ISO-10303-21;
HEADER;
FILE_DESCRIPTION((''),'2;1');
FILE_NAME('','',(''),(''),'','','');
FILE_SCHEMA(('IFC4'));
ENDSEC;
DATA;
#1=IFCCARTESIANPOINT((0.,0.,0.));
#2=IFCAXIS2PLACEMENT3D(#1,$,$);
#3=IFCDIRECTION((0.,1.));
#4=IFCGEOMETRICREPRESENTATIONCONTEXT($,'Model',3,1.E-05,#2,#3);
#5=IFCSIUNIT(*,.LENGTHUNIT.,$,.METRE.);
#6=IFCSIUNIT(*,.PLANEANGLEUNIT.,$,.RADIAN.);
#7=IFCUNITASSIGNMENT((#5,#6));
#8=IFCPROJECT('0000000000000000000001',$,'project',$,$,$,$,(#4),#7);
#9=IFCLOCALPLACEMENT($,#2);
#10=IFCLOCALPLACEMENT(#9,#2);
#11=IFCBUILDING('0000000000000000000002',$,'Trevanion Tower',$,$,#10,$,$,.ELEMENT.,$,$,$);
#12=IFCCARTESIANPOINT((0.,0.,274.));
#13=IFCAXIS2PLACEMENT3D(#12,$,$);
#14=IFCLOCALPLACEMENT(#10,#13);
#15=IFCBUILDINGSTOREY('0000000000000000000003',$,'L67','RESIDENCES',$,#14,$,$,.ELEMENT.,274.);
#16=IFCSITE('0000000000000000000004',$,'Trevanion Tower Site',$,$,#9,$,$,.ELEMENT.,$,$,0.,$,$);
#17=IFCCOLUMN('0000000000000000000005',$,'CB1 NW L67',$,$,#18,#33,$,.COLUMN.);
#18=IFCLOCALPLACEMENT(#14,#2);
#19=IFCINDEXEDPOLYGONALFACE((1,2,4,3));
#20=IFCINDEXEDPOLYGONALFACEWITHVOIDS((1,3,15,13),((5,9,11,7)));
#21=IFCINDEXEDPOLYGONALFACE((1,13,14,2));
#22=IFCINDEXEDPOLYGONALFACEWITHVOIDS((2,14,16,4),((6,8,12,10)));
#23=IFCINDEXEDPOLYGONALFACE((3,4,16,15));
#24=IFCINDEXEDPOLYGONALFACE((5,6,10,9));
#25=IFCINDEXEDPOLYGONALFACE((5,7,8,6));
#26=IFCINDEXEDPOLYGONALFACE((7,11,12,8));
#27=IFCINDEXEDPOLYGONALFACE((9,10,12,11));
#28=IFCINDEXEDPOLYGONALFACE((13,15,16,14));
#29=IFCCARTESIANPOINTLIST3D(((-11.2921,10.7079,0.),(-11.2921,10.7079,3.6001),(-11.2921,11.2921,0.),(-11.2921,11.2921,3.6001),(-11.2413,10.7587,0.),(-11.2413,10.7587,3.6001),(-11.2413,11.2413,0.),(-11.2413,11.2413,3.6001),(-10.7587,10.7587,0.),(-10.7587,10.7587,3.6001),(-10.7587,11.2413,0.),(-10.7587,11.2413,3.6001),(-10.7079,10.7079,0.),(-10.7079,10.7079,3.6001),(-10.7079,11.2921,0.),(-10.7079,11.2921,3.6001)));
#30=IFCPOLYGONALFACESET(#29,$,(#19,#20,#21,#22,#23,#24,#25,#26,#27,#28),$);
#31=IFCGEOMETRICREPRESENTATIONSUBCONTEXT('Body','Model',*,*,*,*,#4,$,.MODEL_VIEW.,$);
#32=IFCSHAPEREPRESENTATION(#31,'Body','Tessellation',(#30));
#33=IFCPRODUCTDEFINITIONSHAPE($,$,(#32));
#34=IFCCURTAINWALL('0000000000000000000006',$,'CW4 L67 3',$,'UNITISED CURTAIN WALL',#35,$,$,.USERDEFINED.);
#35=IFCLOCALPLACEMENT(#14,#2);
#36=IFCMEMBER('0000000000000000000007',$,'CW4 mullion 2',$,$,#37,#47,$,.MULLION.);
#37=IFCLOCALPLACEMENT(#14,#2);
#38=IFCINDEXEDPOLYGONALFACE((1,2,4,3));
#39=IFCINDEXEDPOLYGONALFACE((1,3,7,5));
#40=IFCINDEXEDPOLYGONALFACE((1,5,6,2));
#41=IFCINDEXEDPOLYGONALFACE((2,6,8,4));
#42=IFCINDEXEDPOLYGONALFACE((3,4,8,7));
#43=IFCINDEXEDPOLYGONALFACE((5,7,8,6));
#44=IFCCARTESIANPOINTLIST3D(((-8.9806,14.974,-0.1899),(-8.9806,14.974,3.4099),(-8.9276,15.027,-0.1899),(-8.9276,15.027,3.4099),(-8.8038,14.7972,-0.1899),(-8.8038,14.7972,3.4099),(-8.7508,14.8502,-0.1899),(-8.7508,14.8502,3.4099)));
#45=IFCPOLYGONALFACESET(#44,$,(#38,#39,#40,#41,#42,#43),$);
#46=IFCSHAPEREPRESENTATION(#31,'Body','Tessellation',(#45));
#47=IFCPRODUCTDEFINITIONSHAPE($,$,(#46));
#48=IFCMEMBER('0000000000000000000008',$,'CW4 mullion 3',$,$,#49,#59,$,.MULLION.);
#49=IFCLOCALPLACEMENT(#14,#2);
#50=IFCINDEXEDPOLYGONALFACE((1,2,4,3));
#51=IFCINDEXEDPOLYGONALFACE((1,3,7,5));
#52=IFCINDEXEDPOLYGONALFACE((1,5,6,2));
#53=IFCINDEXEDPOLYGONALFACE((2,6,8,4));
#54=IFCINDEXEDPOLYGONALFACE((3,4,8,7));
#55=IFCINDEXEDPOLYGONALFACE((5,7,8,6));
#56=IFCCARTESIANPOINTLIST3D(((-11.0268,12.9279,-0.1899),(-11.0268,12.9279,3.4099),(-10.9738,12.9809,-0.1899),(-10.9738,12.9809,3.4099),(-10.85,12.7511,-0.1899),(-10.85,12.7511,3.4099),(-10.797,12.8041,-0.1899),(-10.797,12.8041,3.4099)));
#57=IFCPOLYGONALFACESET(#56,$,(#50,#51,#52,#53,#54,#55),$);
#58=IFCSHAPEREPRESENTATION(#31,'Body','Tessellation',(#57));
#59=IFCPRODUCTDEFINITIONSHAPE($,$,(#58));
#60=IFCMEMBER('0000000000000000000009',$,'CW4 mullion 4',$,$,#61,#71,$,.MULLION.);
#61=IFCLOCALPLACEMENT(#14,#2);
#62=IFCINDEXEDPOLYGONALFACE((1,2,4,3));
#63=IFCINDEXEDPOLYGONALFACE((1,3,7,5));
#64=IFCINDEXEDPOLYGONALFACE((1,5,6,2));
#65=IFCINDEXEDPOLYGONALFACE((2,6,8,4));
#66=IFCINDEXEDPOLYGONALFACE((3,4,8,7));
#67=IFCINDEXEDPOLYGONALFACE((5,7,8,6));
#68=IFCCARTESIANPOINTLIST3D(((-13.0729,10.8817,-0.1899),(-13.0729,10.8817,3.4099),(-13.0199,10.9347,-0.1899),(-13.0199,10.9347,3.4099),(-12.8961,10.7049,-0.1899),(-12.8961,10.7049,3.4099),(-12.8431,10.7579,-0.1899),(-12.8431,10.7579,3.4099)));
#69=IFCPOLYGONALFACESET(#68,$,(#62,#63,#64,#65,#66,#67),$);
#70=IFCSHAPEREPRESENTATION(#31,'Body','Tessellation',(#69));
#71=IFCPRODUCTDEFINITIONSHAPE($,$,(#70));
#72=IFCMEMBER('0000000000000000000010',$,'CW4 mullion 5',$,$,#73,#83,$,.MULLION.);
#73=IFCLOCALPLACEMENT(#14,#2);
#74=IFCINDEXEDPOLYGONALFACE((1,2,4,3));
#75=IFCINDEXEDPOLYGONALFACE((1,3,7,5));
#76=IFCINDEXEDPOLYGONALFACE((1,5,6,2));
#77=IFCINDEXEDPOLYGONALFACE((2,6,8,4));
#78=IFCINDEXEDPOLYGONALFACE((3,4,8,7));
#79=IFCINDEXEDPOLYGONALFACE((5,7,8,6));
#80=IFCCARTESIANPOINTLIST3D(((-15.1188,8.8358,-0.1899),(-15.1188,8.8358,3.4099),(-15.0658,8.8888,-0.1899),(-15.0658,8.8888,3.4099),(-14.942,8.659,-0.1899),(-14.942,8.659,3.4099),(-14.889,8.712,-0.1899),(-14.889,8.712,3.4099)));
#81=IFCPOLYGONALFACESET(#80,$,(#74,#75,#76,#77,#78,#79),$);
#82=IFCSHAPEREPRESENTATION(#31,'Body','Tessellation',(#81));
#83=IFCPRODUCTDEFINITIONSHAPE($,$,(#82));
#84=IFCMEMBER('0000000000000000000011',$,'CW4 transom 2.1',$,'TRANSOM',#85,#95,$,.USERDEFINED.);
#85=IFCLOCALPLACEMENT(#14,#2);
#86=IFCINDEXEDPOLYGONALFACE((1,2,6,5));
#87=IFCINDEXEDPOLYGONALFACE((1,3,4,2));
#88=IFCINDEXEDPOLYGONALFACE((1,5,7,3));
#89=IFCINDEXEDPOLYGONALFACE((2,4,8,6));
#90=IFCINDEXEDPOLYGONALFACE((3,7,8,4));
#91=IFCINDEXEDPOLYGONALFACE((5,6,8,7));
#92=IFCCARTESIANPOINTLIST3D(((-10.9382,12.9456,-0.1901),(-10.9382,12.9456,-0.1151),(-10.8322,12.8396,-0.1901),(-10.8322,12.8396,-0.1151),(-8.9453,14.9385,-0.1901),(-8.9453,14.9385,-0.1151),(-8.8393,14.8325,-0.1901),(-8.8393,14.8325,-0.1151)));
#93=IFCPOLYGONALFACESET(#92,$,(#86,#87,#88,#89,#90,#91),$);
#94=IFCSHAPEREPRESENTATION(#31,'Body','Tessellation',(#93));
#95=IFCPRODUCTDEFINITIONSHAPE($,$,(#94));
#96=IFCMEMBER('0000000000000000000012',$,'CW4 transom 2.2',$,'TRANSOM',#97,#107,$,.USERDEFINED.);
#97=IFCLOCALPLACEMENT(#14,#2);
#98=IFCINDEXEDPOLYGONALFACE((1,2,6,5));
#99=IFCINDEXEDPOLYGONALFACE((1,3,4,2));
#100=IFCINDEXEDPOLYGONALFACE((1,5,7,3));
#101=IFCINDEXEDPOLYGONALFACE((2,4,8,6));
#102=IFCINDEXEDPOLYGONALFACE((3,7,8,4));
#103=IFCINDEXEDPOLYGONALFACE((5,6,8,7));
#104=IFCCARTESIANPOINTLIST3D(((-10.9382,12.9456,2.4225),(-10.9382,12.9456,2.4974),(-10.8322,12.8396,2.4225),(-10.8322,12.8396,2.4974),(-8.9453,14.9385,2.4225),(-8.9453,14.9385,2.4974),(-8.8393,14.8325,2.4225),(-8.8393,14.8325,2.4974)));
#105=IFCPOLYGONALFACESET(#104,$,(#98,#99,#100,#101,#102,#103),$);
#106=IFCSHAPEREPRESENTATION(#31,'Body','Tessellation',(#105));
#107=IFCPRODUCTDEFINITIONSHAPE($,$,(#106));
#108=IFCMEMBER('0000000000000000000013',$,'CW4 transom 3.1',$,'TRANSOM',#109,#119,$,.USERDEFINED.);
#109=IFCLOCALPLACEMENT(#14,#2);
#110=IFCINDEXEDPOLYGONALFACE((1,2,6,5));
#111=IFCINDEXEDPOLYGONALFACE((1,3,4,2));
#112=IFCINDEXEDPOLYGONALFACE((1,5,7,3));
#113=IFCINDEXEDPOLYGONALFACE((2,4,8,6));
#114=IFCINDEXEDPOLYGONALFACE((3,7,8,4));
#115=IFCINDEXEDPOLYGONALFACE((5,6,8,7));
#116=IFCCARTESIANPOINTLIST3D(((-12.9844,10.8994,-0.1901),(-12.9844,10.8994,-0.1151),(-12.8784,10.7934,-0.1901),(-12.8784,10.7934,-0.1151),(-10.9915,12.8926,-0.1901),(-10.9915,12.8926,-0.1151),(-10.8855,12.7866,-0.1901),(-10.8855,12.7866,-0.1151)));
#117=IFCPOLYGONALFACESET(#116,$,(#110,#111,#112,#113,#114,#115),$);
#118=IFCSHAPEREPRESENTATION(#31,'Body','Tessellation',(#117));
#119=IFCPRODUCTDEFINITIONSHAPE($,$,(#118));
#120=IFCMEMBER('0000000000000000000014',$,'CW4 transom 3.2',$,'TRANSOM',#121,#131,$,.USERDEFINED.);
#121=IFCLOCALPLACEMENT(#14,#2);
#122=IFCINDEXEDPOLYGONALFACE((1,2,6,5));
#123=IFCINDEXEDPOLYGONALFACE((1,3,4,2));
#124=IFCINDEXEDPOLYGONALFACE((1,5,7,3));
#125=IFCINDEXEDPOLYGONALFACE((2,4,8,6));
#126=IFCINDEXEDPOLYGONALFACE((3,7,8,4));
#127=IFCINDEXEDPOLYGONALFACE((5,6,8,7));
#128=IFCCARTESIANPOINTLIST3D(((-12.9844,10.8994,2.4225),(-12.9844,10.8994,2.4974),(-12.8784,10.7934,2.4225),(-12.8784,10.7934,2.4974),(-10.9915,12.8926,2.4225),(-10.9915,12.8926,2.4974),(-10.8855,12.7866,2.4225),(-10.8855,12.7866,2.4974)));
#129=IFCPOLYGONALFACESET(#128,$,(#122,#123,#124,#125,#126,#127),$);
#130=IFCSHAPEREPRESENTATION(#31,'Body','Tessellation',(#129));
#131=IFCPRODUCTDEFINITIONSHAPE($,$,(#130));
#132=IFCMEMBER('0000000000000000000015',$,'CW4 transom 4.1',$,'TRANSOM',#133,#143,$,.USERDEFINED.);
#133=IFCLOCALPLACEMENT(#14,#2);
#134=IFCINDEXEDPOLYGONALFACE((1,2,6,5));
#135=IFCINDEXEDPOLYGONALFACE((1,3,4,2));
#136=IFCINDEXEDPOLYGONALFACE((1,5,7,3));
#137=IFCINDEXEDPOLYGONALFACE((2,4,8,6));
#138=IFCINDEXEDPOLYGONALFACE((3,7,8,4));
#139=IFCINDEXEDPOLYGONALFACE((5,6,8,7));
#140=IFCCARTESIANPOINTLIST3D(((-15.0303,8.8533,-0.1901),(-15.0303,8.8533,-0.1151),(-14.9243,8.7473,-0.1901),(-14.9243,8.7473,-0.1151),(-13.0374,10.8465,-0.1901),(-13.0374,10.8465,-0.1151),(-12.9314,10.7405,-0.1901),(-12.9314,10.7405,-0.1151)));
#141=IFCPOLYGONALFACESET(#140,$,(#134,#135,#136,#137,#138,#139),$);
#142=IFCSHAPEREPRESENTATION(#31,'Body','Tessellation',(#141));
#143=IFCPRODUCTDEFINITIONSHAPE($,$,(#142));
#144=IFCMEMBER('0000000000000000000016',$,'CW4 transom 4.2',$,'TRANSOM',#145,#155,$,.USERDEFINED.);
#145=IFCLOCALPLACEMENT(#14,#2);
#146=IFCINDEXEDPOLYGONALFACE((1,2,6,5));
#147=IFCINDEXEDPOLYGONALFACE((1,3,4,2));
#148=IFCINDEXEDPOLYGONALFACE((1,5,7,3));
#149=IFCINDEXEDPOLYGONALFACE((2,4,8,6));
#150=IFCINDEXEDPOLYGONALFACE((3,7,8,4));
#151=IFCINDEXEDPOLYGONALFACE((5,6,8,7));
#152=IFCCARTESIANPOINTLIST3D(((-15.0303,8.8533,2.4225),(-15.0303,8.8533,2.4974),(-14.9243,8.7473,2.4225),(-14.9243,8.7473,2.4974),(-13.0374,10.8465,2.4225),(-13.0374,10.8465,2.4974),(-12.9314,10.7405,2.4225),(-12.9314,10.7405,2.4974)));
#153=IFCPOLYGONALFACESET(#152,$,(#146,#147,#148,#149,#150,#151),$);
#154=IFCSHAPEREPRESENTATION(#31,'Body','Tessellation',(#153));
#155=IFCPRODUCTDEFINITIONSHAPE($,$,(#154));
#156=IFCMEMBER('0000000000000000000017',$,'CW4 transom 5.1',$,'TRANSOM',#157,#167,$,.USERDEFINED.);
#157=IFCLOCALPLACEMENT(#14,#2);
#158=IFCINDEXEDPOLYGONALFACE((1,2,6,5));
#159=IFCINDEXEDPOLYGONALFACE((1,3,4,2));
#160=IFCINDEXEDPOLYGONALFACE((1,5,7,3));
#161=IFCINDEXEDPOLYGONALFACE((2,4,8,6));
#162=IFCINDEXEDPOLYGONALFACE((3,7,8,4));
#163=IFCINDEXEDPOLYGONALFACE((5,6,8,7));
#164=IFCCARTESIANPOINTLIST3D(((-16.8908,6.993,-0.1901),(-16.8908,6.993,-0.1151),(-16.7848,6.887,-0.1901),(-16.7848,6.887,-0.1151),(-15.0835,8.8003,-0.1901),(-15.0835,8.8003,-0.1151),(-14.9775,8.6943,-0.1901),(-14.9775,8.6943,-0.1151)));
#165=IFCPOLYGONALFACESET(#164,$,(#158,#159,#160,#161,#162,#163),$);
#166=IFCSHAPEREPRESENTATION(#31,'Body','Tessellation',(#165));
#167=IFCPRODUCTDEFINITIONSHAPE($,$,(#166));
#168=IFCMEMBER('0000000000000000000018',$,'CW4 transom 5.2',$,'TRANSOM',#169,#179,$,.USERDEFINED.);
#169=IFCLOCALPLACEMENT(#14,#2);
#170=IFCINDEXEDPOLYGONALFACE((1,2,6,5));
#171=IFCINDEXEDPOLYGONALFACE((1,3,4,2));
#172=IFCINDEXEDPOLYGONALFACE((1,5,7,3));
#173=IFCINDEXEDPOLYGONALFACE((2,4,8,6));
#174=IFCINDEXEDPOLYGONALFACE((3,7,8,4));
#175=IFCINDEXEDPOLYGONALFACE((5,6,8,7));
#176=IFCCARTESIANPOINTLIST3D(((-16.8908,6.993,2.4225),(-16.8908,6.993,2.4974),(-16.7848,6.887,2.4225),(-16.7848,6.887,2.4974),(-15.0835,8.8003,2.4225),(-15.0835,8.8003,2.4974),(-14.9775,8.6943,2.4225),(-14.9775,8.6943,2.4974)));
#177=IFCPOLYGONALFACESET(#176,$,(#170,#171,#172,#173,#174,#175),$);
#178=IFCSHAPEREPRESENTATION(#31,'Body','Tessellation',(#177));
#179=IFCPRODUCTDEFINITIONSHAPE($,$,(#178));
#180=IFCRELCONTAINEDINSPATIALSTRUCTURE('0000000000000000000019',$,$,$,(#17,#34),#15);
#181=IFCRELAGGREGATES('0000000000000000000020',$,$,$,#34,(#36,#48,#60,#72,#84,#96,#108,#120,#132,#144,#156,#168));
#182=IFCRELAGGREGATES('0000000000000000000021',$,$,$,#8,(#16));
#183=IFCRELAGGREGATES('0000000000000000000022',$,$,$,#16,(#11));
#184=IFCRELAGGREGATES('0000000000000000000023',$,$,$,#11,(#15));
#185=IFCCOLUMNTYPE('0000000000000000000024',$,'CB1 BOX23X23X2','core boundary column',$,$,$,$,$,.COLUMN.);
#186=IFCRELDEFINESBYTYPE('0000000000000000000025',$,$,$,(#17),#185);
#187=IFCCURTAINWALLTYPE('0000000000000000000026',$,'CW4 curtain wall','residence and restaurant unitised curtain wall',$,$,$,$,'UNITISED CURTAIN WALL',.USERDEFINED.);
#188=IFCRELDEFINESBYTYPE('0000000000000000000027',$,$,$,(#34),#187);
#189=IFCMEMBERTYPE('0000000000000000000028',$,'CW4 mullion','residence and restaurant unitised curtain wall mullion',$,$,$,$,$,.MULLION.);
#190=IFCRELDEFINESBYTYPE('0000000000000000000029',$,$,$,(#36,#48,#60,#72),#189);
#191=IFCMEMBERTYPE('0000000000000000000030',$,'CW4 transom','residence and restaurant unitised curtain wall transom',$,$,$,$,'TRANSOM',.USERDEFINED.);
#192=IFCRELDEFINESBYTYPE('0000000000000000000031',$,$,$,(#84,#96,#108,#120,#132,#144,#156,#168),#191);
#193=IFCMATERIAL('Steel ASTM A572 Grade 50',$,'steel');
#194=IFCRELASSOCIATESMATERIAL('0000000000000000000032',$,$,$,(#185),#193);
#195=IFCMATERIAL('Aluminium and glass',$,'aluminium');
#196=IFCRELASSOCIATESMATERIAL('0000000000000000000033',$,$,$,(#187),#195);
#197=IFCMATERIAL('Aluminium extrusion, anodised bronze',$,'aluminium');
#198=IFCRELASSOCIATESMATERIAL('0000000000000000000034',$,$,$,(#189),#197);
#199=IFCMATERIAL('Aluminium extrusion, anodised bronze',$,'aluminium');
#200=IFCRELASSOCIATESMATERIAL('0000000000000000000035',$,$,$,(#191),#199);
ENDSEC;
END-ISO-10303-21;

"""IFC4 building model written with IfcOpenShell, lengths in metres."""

from ifc_helpers import new_model, si_unit, direction, frame, origin, origin_2d, place, context, subcontext, project, spatial, rectangle, hollow_rectangle, extrude, material, material_profile, profile_set, type_object, element, aggregate, save


model = new_model("IFC4")

# Units and contexts
model_context = context("Model", 3, precision=1e-05, world=origin(), true_north=direction((0.0, 1.0)))
body_context = subcontext(model_context, "Body", "Model", "MODEL_VIEW")
ifc_project = project(units=[si_unit("LENGTHUNIT", "METRE"), si_unit("PLANEANGLEUNIT", "RADIAN")], contexts=[model_context])

# Site, building, storey
site_placement = place(None, origin())
site = spatial("IfcSite", under=ifc_project, at=site_placement, Name="Trevanion Tower Site", CompositionType="ELEMENT", RefElevation=0.0)
building_placement = place(site_placement, origin())
building = spatial("IfcBuilding", under=site, at=building_placement, Name="Trevanion Tower", CompositionType="ELEMENT")
storey_placement = place(building_placement, frame((0.0, 0.0, 274.0)))
storey = spatial("IfcBuildingStorey", under=building, at=storey_placement, Name="L67", Description="RESIDENCES", CompositionType="ELEMENT", Elevation=274.0)

# Column
ifc_material_1 = material(Name="Steel ASTM A572 Grade 50", Category="steel")
ifc_material_profile_1 = material_profile(ifc_material_1, hollow_rectangle(XDim=0.5842, YDim=0.5842, WallThickness=0.0508, at=origin_2d()), Name="BOX23X23X2")
ifc_profile_set_1 = profile_set([ifc_material_profile_1], Name="Steel ASTM A572 Grade 50")
column_type = type_object("IfcColumnType", Name="CB1 BOX23X23X2", Description="core boundary column", PredefinedType="COLUMN", material=ifc_profile_set_1)
column_placement = place(storey_placement, frame((-11.0, 11.0, 0.0), z_axis=(0.0, 0.0, 1.0), x_axis=(1.0, 0.0, 0.0)))
element("IfcColumn", 1, at=column_placement, inside=storey, type_object=column_type, Name="CB1 NW L67", PredefinedType="COLUMN", context=body_context, shape_type="SweptSolid", body=[
    extrude(hollow_rectangle(XDim=0.5842, YDim=0.5842, WallThickness=0.0508, at=origin_2d()), origin(), (0.0, 0.0, 1.0), 3.6001),
])

# Curtain wall, members
ifc_material_2 = material(Name="Aluminium and glass", Category="aluminium")
curtain_wall_type = type_object("IfcCurtainWallType", Name="CW4 curtain wall", Description="residence and restaurant unitised curtain wall", ElementType="UNITISED CURTAIN WALL", PredefinedType="USERDEFINED", material=ifc_material_2)
curtain_wall_placement = place(storey_placement, origin())
curtain_wall = element("IfcCurtainWall", 2, at=curtain_wall_placement, inside=storey, type_object=curtain_wall_type, Name="CW4 L67 3", ObjectType="UNITISED CURTAIN WALL", PredefinedType="USERDEFINED")
ifc_material_3 = material(Name="Aluminium extrusion, anodised bronze", Category="aluminium")
ifc_material_profile_2 = material_profile(ifc_material_3, rectangle(XDim=0.075, YDim=0.25, at=origin_2d()), Name="CW4 mullion")
ifc_profile_set_2 = profile_set([ifc_material_profile_2], Name="Aluminium extrusion, anodised bronze")
member_type_1 = type_object("IfcMemberType", Name="CW4 mullion", Description="residence and restaurant unitised curtain wall mullion", PredefinedType="MULLION", material=ifc_profile_set_2)
member_1_placement = place(storey_placement, frame((-8.8657, 14.9121, -0.1899), z_axis=(0.0, 0.0, 1.0), x_axis=(-0.707107, -0.707107, 0.0)))
member_1 = element("IfcMember", 3, at=member_1_placement, type_object=member_type_1, Name="CW4 mullion 2", PredefinedType="MULLION", context=body_context, shape_type="SweptSolid", body=[
    extrude(rectangle(XDim=0.075, YDim=0.25, at=origin_2d()), origin(), (0.0, 0.0, 1.0), 3.5999),
])
member_2_placement = place(storey_placement, frame((-10.9119, 12.866, -0.1899), z_axis=(0.0, 0.0, 1.0), x_axis=(-0.707107, -0.707107, 0.0)))
member_2 = element("IfcMember", 4, at=member_2_placement, type_object=member_type_1, Name="CW4 mullion 3", PredefinedType="MULLION", context=body_context, shape_type="SweptSolid", body=[
    extrude(rectangle(XDim=0.075, YDim=0.25, at=origin_2d()), origin(), (0.0, 0.0, 1.0), 3.5999),
])
member_3_placement = place(storey_placement, frame((-12.958, 10.8198, -0.1899), z_axis=(0.0, 0.0, 1.0), x_axis=(-0.707107, -0.707107, 0.0)))
member_3 = element("IfcMember", 5, at=member_3_placement, type_object=member_type_1, Name="CW4 mullion 4", PredefinedType="MULLION", context=body_context, shape_type="SweptSolid", body=[
    extrude(rectangle(XDim=0.075, YDim=0.25, at=origin_2d()), origin(), (0.0, 0.0, 1.0), 3.5999),
])
member_4_placement = place(storey_placement, frame((-15.0039, 8.7739, -0.1899), z_axis=(0.0, 0.0, 1.0), x_axis=(-0.707107, -0.707107, 0.0)))
member_4 = element("IfcMember", 6, at=member_4_placement, type_object=member_type_1, Name="CW4 mullion 5", PredefinedType="MULLION", context=body_context, shape_type="SweptSolid", body=[
    extrude(rectangle(XDim=0.075, YDim=0.25, at=origin_2d()), origin(), (0.0, 0.0, 1.0), 3.5999),
])
ifc_material_4 = material(Name="Aluminium extrusion, anodised bronze", Category="aluminium")
ifc_material_profile_3 = material_profile(ifc_material_4, rectangle(XDim=0.1499, YDim=0.075, at=origin_2d()), Name="CW4 transom")
ifc_profile_set_3 = profile_set([ifc_material_profile_3], Name="Aluminium extrusion, anodised bronze")
member_type_2 = type_object("IfcMemberType", Name="CW4 transom", Description="residence and restaurant unitised curtain wall transom", ElementType="TRANSOM", PredefinedType="USERDEFINED", material=ifc_profile_set_3)
member_5_placement = place(storey_placement, frame((-8.8923, 14.8855, -0.1526), z_axis=(-0.707107, -0.707107, 0.0), x_axis=(0.707107, -0.707107, 0.0)))
member_5 = element("IfcMember", 7, at=member_5_placement, type_object=member_type_2, Name="CW4 transom 2.1", ObjectType="TRANSOM", PredefinedType="USERDEFINED", context=body_context, shape_type="SweptSolid", body=[
    extrude(rectangle(XDim=0.1499, YDim=0.075, at=origin_2d()), origin(), (0.0, 0.0, 1.0), 2.8184),
])
member_6_placement = place(storey_placement, frame((-8.8923, 14.8855, 2.46), z_axis=(-0.707107, -0.707107, 0.0), x_axis=(0.707107, -0.707107, 0.0)))
member_6 = element("IfcMember", 8, at=member_6_placement, type_object=member_type_2, Name="CW4 transom 2.2", ObjectType="TRANSOM", PredefinedType="USERDEFINED", context=body_context, shape_type="SweptSolid", body=[
    extrude(rectangle(XDim=0.1499, YDim=0.075, at=origin_2d()), origin(), (0.0, 0.0, 1.0), 2.8184),
])
member_7_placement = place(storey_placement, frame((-10.9385, 12.8396, -0.1526), z_axis=(-0.707063, -0.70715, 0.0), x_axis=(0.70715, -0.707063, 0.0)))
member_7 = element("IfcMember", 9, at=member_7_placement, type_object=member_type_2, Name="CW4 transom 3.1", ObjectType="TRANSOM", PredefinedType="USERDEFINED", context=body_context, shape_type="SweptSolid", body=[
    extrude(rectangle(XDim=0.1499, YDim=0.075, at=origin_2d()), origin(), (0.0, 0.0, 1.0), 2.8186),
])
member_8_placement = place(storey_placement, frame((-10.9385, 12.8396, 2.46), z_axis=(-0.707063, -0.70715, 0.0), x_axis=(0.70715, -0.707063, 0.0)))
member_8 = element("IfcMember", 10, at=member_8_placement, type_object=member_type_2, Name="CW4 transom 3.2", ObjectType="TRANSOM", PredefinedType="USERDEFINED", context=body_context, shape_type="SweptSolid", body=[
    extrude(rectangle(XDim=0.1499, YDim=0.075, at=origin_2d()), origin(), (0.0, 0.0, 1.0), 2.8186),
])
member_9_placement = place(storey_placement, frame((-12.9844, 10.7935, -0.1526), z_axis=(-0.707063, -0.70715, 0.0), x_axis=(0.70715, -0.707063, 0.0)))
member_9 = element("IfcMember", 11, at=member_9_placement, type_object=member_type_2, Name="CW4 transom 4.1", ObjectType="TRANSOM", PredefinedType="USERDEFINED", context=body_context, shape_type="SweptSolid", body=[
    extrude(rectangle(XDim=0.1499, YDim=0.075, at=origin_2d()), origin(), (0.0, 0.0, 1.0), 2.8186),
])
member_10_placement = place(storey_placement, frame((-12.9844, 10.7935, 2.46), z_axis=(-0.707063, -0.70715, 0.0), x_axis=(0.70715, -0.707063, 0.0)))
member_10 = element("IfcMember", 12, at=member_10_placement, type_object=member_type_2, Name="CW4 transom 4.2", ObjectType="TRANSOM", PredefinedType="USERDEFINED", context=body_context, shape_type="SweptSolid", body=[
    extrude(rectangle(XDim=0.1499, YDim=0.075, at=origin_2d()), origin(), (0.0, 0.0, 1.0), 2.8186),
])
member_11_placement = place(storey_placement, frame((-15.0305, 8.7473, -0.1526), z_axis=(-0.707107, -0.707107, 0.0), x_axis=(0.707107, -0.707107, 0.0)))
member_11 = element("IfcMember", 13, at=member_11_placement, type_object=member_type_2, Name="CW4 transom 5.1", ObjectType="TRANSOM", PredefinedType="USERDEFINED", context=body_context, shape_type="SweptSolid", body=[
    extrude(rectangle(XDim=0.1499, YDim=0.075, at=origin_2d()), origin(), (0.0, 0.0, 1.0), 2.5559),
])
member_12_placement = place(storey_placement, frame((-15.0305, 8.7473, 2.46), z_axis=(-0.707107, -0.707107, 0.0), x_axis=(0.707107, -0.707107, 0.0)))
member_12 = element("IfcMember", 14, at=member_12_placement, type_object=member_type_2, Name="CW4 transom 5.2", ObjectType="TRANSOM", PredefinedType="USERDEFINED", context=body_context, shape_type="SweptSolid", body=[
    extrude(rectangle(XDim=0.1499, YDim=0.075, at=origin_2d()), origin(), (0.0, 0.0, 1.0), 2.5559),
])

aggregate(curtain_wall, [member_1, member_2, member_3, member_4, member_5, member_6, member_7, member_8, member_9, member_10, member_11, member_12])

save(model, "model.ifc")
